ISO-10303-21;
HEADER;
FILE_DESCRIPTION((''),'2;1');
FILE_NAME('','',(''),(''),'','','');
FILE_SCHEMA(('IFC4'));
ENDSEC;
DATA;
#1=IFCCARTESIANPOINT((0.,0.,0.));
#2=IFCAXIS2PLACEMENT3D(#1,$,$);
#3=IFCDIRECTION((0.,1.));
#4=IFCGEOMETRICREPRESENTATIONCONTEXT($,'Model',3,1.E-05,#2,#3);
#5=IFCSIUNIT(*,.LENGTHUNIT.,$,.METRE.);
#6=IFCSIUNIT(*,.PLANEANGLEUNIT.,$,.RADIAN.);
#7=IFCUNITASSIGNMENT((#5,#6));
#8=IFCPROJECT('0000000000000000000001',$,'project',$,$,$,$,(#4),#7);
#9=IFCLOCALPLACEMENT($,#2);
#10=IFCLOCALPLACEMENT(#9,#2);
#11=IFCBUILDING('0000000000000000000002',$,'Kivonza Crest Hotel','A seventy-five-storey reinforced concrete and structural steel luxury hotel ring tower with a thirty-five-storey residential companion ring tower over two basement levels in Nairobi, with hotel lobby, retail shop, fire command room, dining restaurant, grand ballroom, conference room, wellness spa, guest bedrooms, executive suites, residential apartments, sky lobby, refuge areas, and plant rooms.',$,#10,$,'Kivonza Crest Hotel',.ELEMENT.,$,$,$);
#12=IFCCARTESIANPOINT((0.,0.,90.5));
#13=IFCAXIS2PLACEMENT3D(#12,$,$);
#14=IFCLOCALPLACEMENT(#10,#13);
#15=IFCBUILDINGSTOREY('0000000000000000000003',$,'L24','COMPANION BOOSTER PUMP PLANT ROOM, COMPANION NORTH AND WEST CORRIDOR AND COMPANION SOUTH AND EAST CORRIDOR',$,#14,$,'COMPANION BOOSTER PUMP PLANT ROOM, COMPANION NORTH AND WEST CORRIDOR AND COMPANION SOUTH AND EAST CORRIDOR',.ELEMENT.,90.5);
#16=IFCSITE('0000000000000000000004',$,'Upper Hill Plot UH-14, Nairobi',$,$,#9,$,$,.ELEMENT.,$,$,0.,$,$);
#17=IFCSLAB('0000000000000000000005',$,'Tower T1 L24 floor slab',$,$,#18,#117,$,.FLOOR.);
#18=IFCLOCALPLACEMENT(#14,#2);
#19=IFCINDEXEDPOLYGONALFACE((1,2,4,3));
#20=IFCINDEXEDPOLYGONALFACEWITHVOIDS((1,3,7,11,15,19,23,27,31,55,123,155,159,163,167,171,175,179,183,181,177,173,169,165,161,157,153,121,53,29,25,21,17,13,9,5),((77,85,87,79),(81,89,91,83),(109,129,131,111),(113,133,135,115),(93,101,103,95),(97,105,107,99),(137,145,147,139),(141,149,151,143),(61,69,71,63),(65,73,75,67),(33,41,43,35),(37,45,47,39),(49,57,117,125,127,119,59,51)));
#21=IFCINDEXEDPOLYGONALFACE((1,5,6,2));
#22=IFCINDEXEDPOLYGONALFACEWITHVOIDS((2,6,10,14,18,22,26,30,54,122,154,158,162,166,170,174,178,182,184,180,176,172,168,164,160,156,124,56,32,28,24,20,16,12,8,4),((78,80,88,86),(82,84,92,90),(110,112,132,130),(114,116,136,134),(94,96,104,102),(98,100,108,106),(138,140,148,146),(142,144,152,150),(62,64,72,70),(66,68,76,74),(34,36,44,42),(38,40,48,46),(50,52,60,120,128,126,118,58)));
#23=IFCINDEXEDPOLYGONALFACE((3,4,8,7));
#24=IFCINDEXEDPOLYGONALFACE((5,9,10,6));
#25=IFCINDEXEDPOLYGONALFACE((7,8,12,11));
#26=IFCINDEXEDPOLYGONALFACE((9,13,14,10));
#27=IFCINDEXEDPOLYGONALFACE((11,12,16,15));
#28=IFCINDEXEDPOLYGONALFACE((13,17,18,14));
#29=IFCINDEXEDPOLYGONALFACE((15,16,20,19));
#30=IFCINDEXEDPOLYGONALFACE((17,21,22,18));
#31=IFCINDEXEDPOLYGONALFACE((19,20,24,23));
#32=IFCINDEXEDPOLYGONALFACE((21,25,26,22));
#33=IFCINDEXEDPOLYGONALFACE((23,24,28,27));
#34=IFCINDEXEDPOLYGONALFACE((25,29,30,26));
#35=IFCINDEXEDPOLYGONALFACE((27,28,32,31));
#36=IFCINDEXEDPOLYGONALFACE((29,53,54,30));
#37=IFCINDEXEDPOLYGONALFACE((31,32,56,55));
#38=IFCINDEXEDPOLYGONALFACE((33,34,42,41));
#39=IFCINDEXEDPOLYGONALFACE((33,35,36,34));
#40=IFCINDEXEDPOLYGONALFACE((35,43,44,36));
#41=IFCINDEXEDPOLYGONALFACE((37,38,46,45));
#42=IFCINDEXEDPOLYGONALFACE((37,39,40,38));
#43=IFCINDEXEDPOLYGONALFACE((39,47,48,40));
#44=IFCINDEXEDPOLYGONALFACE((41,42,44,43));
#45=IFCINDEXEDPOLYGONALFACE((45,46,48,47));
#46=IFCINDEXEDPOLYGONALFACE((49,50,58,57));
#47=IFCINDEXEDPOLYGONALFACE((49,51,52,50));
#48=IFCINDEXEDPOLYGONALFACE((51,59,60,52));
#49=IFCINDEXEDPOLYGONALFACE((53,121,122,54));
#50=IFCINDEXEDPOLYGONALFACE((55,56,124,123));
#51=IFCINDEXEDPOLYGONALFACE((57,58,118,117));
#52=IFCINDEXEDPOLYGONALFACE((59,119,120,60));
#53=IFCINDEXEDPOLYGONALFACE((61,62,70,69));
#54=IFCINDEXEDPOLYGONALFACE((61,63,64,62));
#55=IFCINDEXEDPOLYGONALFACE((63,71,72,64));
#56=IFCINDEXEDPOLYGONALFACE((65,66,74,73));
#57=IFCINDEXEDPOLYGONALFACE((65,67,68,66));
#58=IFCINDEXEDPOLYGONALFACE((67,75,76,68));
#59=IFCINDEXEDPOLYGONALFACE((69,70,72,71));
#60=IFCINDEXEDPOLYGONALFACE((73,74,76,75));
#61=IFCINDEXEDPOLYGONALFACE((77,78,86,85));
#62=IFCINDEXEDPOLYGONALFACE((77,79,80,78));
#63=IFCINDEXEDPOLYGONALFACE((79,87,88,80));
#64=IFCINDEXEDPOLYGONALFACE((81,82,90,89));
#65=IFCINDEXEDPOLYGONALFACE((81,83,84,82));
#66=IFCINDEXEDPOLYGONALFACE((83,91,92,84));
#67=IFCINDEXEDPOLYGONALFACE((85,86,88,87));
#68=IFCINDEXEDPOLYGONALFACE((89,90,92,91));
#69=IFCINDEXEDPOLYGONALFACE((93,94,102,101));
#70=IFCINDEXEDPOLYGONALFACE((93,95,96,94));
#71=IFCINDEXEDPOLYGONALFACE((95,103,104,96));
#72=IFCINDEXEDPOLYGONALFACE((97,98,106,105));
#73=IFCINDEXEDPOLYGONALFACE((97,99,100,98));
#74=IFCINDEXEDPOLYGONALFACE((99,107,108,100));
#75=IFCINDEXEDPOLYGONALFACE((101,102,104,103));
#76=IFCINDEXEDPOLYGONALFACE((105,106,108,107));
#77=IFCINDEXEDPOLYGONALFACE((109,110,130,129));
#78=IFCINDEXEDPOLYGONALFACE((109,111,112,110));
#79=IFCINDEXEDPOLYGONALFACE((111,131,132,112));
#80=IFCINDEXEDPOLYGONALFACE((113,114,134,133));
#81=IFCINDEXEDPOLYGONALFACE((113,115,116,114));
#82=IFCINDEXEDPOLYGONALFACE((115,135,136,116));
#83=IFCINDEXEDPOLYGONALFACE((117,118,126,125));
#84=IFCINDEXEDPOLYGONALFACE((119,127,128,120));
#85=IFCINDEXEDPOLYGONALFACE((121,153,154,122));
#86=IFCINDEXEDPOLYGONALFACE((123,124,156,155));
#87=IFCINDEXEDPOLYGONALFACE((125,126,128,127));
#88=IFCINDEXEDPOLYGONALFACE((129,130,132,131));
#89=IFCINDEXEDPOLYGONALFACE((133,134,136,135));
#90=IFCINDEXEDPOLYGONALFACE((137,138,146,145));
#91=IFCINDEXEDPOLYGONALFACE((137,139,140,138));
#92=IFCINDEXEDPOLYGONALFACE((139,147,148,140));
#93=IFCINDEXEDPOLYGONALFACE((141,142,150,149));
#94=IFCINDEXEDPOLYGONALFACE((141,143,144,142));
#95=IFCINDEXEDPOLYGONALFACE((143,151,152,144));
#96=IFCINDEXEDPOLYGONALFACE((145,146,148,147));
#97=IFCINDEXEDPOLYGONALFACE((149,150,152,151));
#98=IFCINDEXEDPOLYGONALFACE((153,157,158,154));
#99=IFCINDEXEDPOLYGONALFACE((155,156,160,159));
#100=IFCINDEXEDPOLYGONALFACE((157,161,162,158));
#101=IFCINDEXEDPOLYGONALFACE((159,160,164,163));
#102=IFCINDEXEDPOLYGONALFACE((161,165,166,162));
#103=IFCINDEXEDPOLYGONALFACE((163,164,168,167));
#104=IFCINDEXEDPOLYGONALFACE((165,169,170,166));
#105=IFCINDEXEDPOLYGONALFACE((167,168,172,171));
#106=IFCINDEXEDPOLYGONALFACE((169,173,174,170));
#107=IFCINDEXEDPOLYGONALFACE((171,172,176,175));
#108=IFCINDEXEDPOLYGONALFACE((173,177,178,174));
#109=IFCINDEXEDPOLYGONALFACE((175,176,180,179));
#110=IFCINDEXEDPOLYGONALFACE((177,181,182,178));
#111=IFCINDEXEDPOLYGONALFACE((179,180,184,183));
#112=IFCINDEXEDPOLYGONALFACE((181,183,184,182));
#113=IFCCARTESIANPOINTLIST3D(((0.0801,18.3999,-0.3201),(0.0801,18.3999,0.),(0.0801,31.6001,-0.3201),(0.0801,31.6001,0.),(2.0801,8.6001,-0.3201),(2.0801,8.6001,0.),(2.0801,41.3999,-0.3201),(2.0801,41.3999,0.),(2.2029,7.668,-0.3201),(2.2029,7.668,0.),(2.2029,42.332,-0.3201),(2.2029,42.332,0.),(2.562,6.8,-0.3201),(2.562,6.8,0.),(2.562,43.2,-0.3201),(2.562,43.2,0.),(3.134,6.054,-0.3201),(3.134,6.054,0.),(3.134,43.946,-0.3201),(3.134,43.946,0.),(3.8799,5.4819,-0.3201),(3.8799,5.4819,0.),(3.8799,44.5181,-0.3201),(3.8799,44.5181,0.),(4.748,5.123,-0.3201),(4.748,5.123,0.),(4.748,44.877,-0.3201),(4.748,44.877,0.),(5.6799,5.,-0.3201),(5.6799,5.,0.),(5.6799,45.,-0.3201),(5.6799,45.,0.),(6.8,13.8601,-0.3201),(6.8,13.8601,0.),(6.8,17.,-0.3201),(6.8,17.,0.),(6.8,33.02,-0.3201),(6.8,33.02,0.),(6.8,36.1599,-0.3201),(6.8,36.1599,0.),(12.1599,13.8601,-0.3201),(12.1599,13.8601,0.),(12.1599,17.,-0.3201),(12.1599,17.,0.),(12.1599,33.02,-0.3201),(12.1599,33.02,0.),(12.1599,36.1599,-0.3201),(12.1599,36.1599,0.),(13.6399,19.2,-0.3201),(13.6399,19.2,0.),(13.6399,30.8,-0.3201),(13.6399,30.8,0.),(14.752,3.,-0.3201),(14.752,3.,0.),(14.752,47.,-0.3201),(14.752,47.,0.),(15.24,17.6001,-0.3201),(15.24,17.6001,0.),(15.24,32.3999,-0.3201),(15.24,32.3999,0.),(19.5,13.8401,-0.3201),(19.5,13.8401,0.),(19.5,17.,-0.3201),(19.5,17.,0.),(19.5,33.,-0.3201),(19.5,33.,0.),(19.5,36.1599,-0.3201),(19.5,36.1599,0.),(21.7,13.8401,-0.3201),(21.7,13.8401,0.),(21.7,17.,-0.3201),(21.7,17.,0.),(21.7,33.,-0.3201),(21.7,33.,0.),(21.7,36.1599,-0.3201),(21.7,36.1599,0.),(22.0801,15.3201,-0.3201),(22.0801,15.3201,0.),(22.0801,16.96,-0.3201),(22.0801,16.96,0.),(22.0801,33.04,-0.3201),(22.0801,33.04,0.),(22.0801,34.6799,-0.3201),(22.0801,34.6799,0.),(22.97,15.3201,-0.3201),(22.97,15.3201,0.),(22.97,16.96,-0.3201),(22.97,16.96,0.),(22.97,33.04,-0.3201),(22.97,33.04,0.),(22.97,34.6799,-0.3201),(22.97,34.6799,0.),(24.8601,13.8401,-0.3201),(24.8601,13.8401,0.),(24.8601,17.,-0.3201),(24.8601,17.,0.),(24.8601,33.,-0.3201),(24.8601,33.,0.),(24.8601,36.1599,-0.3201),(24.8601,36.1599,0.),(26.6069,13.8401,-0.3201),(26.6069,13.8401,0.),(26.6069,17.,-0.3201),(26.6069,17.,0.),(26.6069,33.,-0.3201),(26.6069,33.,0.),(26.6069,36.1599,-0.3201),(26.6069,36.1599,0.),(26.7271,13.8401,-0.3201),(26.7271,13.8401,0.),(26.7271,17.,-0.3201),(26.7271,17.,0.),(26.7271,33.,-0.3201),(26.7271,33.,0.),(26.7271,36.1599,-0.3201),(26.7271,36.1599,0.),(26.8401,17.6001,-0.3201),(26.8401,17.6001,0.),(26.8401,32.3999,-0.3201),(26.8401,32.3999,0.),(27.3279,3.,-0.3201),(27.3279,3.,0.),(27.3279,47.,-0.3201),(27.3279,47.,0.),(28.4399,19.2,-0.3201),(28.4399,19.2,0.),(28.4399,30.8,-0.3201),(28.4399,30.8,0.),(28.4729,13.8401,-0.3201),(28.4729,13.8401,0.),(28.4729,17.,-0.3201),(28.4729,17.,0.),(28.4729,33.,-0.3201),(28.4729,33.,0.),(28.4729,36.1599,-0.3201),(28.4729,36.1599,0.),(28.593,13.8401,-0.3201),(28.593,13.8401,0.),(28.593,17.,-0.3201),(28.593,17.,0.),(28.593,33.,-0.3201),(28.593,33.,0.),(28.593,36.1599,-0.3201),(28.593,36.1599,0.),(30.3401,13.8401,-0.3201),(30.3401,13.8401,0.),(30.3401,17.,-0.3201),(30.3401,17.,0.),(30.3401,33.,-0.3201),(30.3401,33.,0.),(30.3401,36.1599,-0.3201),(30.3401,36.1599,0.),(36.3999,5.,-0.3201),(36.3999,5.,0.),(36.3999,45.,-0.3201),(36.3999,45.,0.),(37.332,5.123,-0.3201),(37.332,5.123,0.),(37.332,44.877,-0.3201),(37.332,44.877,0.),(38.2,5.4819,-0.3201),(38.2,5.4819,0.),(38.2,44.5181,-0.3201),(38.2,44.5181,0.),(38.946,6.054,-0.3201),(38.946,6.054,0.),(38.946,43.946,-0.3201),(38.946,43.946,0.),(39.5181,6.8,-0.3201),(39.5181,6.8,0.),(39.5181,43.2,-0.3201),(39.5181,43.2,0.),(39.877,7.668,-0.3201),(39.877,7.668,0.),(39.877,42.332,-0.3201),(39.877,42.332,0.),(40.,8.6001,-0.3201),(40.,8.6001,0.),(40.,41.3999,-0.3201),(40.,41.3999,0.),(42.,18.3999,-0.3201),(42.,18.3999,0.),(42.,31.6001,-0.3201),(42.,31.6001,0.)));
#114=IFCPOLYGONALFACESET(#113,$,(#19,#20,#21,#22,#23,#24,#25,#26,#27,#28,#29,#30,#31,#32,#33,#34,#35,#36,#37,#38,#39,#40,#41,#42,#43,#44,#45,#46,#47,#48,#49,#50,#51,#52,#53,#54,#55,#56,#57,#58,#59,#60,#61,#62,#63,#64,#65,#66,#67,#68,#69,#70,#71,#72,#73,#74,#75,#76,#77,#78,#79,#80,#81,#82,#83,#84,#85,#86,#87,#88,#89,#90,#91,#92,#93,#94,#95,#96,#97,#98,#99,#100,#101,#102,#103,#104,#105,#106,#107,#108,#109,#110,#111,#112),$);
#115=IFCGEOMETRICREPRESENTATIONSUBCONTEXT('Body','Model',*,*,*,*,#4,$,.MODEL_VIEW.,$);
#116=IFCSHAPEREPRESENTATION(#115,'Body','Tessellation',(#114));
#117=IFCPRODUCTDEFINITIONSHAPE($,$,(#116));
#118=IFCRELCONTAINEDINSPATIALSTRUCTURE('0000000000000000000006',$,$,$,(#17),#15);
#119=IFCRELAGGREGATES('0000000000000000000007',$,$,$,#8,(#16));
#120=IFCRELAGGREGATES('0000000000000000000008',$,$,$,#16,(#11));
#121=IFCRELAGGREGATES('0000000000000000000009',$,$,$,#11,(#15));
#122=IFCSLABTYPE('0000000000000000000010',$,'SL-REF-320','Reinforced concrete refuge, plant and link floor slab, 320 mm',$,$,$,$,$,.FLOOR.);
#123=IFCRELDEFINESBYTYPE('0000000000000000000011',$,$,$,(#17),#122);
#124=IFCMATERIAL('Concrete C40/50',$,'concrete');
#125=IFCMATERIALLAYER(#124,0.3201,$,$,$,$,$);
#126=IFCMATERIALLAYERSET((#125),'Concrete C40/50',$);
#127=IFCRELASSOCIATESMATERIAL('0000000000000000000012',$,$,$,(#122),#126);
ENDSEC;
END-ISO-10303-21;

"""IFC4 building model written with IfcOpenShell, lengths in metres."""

from ifc_helpers import new_model, si_unit, direction, frame, origin, place, context, subcontext, project, spatial, polyline, outline, extrude, material, layer, layer_set, type_object, element, save


model = new_model("IFC4")

# Units and contexts
model_context = context("Model", 3, precision=1e-05, world=origin(), true_north=direction((0.0, 1.0)))
body_context = subcontext(model_context, "Body", "Model", "MODEL_VIEW")
ifc_project = project(units=[si_unit("LENGTHUNIT", "METRE"), si_unit("PLANEANGLEUNIT", "RADIAN")], contexts=[model_context])

# Site, building, storey
site_placement = place(None, origin())
site = spatial("IfcSite", under=ifc_project, at=site_placement, Name="Upper Hill Plot UH-14, Nairobi", CompositionType="ELEMENT", RefElevation=0.0)
building_placement = place(site_placement, origin())
building = spatial("IfcBuilding", under=site, at=building_placement, Name="Kivonza Crest Hotel", Description="A seventy-five-storey reinforced concrete and structural steel luxury hotel ring tower with a thirty-five-storey residential companion ring tower over two basement levels in Nairobi, with hotel lobby, retail shop, fire command room, dining restaurant, grand ballroom, conference room, wellness spa, guest bedrooms, executive suites, residential apartments, sky lobby, refuge areas, and plant rooms.", LongName="Kivonza Crest Hotel", CompositionType="ELEMENT")
storey_placement = place(building_placement, frame((0.0, 0.0, 90.5)))
storey = spatial("IfcBuildingStorey", under=building, at=storey_placement, Name="L24", Description="COMPANION BOOSTER PUMP PLANT ROOM, COMPANION NORTH AND WEST CORRIDOR AND COMPANION SOUTH AND EAST CORRIDOR", LongName="COMPANION BOOSTER PUMP PLANT ROOM, COMPANION NORTH AND WEST CORRIDOR AND COMPANION SOUTH AND EAST CORRIDOR", CompositionType="ELEMENT", Elevation=90.5)

# Shared definitions
ifc_material_1 = material(Name="Concrete C40/50", Category="concrete")

# Slab
ifc_layer_1 = layer(ifc_material_1, 0.3201)
ifc_layer_set_1 = layer_set([ifc_layer_1], Name="Concrete C40/50")
slab_type_1 = type_object("IfcSlabType", Name="SL-REF-320", Description="Reinforced concrete refuge, plant and link floor slab, 320 mm", PredefinedType="FLOOR", material=ifc_layer_set_1)
slab_1_placement = place(storey_placement, frame((0.0, 0.0, -0.3201)))
element("IfcSlab", 1, at=slab_1_placement, inside=storey, type_object=slab_type_1, Name="Tower T1 L24 floor slab", PredefinedType="FLOOR", context=body_context, shape_type="SweptSolid", body=[
    extrude(outline(polyline([(2.0801, 8.6001), (2.2029, 7.668), (2.562, 6.8), (3.134, 6.054), (3.8799, 5.4819), (4.748, 5.123), (5.6799, 5.0), (14.752, 3.0), (27.3279, 3.0), (36.3999, 5.0), (37.332, 5.123), (38.2, 5.4819), (38.946, 6.054), (39.5181, 6.8), (39.877, 7.668), (40.0, 8.6001), (42.0, 18.3999), (42.0, 31.6001), (40.0, 41.3999), (39.877, 42.332), (39.5181, 43.2), (38.946, 43.946), (38.2, 44.5181), (37.332, 44.877), (36.3999, 45.0), (27.3279, 47.0), (14.752, 47.0), (5.6799, 45.0), (4.748, 44.877), (3.8799, 44.5181), (3.134, 43.946), (2.562, 43.2), (2.2029, 42.332), (2.0801, 41.3999), (0.0801, 31.6001), (0.0801, 18.3999), (2.0801, 8.6001)]), holes=[polyline([(15.24, 17.6001), (26.8401, 17.6001), (28.4399, 19.2), (28.4399, 30.8), (26.8401, 32.3999), (15.24, 32.3999), (13.6399, 30.8), (13.6399, 19.2), (15.24, 17.6001)]), polyline([(6.8, 33.02), (12.1599, 33.02), (12.1599, 36.1599), (6.8, 36.1599), (6.8, 33.02)]), polyline([(6.8, 13.8601), (12.1599, 13.8601), (12.1599, 17.0), (6.8, 17.0), (6.8, 13.8601)]), polyline([(22.0801, 33.04), (22.97, 33.04), (22.97, 34.6799), (22.0801, 34.6799), (22.0801, 33.04)]), polyline([(22.0801, 15.3201), (22.97, 15.3201), (22.97, 16.96), (22.0801, 16.96), (22.0801, 15.3201)]), polyline([(19.5, 33.0), (21.7, 33.0), (21.7, 36.1599), (19.5, 36.1599), (19.5, 33.0)]), polyline([(24.8601, 33.0), (26.6069, 33.0), (26.6069, 36.1599), (24.8601, 36.1599), (24.8601, 33.0)]), polyline([(26.7271, 33.0), (28.4729, 33.0), (28.4729, 36.1599), (26.7271, 36.1599), (26.7271, 33.0)]), polyline([(28.593, 33.0), (30.3401, 33.0), (30.3401, 36.1599), (28.593, 36.1599), (28.593, 33.0)]), polyline([(19.5, 13.8401), (21.7, 13.8401), (21.7, 17.0), (19.5, 17.0), (19.5, 13.8401)]), polyline([(24.8601, 13.8401), (26.6069, 13.8401), (26.6069, 17.0), (24.8601, 17.0), (24.8601, 13.8401)]), polyline([(26.7271, 13.8401), (28.4729, 13.8401), (28.4729, 17.0), (26.7271, 17.0), (26.7271, 13.8401)]), polyline([(28.593, 13.8401), (30.3401, 13.8401), (30.3401, 17.0), (28.593, 17.0), (28.593, 13.8401)])]), origin(), (0.0, 0.0, 1.0), 0.3201),
])

save(model, "model.ifc")
